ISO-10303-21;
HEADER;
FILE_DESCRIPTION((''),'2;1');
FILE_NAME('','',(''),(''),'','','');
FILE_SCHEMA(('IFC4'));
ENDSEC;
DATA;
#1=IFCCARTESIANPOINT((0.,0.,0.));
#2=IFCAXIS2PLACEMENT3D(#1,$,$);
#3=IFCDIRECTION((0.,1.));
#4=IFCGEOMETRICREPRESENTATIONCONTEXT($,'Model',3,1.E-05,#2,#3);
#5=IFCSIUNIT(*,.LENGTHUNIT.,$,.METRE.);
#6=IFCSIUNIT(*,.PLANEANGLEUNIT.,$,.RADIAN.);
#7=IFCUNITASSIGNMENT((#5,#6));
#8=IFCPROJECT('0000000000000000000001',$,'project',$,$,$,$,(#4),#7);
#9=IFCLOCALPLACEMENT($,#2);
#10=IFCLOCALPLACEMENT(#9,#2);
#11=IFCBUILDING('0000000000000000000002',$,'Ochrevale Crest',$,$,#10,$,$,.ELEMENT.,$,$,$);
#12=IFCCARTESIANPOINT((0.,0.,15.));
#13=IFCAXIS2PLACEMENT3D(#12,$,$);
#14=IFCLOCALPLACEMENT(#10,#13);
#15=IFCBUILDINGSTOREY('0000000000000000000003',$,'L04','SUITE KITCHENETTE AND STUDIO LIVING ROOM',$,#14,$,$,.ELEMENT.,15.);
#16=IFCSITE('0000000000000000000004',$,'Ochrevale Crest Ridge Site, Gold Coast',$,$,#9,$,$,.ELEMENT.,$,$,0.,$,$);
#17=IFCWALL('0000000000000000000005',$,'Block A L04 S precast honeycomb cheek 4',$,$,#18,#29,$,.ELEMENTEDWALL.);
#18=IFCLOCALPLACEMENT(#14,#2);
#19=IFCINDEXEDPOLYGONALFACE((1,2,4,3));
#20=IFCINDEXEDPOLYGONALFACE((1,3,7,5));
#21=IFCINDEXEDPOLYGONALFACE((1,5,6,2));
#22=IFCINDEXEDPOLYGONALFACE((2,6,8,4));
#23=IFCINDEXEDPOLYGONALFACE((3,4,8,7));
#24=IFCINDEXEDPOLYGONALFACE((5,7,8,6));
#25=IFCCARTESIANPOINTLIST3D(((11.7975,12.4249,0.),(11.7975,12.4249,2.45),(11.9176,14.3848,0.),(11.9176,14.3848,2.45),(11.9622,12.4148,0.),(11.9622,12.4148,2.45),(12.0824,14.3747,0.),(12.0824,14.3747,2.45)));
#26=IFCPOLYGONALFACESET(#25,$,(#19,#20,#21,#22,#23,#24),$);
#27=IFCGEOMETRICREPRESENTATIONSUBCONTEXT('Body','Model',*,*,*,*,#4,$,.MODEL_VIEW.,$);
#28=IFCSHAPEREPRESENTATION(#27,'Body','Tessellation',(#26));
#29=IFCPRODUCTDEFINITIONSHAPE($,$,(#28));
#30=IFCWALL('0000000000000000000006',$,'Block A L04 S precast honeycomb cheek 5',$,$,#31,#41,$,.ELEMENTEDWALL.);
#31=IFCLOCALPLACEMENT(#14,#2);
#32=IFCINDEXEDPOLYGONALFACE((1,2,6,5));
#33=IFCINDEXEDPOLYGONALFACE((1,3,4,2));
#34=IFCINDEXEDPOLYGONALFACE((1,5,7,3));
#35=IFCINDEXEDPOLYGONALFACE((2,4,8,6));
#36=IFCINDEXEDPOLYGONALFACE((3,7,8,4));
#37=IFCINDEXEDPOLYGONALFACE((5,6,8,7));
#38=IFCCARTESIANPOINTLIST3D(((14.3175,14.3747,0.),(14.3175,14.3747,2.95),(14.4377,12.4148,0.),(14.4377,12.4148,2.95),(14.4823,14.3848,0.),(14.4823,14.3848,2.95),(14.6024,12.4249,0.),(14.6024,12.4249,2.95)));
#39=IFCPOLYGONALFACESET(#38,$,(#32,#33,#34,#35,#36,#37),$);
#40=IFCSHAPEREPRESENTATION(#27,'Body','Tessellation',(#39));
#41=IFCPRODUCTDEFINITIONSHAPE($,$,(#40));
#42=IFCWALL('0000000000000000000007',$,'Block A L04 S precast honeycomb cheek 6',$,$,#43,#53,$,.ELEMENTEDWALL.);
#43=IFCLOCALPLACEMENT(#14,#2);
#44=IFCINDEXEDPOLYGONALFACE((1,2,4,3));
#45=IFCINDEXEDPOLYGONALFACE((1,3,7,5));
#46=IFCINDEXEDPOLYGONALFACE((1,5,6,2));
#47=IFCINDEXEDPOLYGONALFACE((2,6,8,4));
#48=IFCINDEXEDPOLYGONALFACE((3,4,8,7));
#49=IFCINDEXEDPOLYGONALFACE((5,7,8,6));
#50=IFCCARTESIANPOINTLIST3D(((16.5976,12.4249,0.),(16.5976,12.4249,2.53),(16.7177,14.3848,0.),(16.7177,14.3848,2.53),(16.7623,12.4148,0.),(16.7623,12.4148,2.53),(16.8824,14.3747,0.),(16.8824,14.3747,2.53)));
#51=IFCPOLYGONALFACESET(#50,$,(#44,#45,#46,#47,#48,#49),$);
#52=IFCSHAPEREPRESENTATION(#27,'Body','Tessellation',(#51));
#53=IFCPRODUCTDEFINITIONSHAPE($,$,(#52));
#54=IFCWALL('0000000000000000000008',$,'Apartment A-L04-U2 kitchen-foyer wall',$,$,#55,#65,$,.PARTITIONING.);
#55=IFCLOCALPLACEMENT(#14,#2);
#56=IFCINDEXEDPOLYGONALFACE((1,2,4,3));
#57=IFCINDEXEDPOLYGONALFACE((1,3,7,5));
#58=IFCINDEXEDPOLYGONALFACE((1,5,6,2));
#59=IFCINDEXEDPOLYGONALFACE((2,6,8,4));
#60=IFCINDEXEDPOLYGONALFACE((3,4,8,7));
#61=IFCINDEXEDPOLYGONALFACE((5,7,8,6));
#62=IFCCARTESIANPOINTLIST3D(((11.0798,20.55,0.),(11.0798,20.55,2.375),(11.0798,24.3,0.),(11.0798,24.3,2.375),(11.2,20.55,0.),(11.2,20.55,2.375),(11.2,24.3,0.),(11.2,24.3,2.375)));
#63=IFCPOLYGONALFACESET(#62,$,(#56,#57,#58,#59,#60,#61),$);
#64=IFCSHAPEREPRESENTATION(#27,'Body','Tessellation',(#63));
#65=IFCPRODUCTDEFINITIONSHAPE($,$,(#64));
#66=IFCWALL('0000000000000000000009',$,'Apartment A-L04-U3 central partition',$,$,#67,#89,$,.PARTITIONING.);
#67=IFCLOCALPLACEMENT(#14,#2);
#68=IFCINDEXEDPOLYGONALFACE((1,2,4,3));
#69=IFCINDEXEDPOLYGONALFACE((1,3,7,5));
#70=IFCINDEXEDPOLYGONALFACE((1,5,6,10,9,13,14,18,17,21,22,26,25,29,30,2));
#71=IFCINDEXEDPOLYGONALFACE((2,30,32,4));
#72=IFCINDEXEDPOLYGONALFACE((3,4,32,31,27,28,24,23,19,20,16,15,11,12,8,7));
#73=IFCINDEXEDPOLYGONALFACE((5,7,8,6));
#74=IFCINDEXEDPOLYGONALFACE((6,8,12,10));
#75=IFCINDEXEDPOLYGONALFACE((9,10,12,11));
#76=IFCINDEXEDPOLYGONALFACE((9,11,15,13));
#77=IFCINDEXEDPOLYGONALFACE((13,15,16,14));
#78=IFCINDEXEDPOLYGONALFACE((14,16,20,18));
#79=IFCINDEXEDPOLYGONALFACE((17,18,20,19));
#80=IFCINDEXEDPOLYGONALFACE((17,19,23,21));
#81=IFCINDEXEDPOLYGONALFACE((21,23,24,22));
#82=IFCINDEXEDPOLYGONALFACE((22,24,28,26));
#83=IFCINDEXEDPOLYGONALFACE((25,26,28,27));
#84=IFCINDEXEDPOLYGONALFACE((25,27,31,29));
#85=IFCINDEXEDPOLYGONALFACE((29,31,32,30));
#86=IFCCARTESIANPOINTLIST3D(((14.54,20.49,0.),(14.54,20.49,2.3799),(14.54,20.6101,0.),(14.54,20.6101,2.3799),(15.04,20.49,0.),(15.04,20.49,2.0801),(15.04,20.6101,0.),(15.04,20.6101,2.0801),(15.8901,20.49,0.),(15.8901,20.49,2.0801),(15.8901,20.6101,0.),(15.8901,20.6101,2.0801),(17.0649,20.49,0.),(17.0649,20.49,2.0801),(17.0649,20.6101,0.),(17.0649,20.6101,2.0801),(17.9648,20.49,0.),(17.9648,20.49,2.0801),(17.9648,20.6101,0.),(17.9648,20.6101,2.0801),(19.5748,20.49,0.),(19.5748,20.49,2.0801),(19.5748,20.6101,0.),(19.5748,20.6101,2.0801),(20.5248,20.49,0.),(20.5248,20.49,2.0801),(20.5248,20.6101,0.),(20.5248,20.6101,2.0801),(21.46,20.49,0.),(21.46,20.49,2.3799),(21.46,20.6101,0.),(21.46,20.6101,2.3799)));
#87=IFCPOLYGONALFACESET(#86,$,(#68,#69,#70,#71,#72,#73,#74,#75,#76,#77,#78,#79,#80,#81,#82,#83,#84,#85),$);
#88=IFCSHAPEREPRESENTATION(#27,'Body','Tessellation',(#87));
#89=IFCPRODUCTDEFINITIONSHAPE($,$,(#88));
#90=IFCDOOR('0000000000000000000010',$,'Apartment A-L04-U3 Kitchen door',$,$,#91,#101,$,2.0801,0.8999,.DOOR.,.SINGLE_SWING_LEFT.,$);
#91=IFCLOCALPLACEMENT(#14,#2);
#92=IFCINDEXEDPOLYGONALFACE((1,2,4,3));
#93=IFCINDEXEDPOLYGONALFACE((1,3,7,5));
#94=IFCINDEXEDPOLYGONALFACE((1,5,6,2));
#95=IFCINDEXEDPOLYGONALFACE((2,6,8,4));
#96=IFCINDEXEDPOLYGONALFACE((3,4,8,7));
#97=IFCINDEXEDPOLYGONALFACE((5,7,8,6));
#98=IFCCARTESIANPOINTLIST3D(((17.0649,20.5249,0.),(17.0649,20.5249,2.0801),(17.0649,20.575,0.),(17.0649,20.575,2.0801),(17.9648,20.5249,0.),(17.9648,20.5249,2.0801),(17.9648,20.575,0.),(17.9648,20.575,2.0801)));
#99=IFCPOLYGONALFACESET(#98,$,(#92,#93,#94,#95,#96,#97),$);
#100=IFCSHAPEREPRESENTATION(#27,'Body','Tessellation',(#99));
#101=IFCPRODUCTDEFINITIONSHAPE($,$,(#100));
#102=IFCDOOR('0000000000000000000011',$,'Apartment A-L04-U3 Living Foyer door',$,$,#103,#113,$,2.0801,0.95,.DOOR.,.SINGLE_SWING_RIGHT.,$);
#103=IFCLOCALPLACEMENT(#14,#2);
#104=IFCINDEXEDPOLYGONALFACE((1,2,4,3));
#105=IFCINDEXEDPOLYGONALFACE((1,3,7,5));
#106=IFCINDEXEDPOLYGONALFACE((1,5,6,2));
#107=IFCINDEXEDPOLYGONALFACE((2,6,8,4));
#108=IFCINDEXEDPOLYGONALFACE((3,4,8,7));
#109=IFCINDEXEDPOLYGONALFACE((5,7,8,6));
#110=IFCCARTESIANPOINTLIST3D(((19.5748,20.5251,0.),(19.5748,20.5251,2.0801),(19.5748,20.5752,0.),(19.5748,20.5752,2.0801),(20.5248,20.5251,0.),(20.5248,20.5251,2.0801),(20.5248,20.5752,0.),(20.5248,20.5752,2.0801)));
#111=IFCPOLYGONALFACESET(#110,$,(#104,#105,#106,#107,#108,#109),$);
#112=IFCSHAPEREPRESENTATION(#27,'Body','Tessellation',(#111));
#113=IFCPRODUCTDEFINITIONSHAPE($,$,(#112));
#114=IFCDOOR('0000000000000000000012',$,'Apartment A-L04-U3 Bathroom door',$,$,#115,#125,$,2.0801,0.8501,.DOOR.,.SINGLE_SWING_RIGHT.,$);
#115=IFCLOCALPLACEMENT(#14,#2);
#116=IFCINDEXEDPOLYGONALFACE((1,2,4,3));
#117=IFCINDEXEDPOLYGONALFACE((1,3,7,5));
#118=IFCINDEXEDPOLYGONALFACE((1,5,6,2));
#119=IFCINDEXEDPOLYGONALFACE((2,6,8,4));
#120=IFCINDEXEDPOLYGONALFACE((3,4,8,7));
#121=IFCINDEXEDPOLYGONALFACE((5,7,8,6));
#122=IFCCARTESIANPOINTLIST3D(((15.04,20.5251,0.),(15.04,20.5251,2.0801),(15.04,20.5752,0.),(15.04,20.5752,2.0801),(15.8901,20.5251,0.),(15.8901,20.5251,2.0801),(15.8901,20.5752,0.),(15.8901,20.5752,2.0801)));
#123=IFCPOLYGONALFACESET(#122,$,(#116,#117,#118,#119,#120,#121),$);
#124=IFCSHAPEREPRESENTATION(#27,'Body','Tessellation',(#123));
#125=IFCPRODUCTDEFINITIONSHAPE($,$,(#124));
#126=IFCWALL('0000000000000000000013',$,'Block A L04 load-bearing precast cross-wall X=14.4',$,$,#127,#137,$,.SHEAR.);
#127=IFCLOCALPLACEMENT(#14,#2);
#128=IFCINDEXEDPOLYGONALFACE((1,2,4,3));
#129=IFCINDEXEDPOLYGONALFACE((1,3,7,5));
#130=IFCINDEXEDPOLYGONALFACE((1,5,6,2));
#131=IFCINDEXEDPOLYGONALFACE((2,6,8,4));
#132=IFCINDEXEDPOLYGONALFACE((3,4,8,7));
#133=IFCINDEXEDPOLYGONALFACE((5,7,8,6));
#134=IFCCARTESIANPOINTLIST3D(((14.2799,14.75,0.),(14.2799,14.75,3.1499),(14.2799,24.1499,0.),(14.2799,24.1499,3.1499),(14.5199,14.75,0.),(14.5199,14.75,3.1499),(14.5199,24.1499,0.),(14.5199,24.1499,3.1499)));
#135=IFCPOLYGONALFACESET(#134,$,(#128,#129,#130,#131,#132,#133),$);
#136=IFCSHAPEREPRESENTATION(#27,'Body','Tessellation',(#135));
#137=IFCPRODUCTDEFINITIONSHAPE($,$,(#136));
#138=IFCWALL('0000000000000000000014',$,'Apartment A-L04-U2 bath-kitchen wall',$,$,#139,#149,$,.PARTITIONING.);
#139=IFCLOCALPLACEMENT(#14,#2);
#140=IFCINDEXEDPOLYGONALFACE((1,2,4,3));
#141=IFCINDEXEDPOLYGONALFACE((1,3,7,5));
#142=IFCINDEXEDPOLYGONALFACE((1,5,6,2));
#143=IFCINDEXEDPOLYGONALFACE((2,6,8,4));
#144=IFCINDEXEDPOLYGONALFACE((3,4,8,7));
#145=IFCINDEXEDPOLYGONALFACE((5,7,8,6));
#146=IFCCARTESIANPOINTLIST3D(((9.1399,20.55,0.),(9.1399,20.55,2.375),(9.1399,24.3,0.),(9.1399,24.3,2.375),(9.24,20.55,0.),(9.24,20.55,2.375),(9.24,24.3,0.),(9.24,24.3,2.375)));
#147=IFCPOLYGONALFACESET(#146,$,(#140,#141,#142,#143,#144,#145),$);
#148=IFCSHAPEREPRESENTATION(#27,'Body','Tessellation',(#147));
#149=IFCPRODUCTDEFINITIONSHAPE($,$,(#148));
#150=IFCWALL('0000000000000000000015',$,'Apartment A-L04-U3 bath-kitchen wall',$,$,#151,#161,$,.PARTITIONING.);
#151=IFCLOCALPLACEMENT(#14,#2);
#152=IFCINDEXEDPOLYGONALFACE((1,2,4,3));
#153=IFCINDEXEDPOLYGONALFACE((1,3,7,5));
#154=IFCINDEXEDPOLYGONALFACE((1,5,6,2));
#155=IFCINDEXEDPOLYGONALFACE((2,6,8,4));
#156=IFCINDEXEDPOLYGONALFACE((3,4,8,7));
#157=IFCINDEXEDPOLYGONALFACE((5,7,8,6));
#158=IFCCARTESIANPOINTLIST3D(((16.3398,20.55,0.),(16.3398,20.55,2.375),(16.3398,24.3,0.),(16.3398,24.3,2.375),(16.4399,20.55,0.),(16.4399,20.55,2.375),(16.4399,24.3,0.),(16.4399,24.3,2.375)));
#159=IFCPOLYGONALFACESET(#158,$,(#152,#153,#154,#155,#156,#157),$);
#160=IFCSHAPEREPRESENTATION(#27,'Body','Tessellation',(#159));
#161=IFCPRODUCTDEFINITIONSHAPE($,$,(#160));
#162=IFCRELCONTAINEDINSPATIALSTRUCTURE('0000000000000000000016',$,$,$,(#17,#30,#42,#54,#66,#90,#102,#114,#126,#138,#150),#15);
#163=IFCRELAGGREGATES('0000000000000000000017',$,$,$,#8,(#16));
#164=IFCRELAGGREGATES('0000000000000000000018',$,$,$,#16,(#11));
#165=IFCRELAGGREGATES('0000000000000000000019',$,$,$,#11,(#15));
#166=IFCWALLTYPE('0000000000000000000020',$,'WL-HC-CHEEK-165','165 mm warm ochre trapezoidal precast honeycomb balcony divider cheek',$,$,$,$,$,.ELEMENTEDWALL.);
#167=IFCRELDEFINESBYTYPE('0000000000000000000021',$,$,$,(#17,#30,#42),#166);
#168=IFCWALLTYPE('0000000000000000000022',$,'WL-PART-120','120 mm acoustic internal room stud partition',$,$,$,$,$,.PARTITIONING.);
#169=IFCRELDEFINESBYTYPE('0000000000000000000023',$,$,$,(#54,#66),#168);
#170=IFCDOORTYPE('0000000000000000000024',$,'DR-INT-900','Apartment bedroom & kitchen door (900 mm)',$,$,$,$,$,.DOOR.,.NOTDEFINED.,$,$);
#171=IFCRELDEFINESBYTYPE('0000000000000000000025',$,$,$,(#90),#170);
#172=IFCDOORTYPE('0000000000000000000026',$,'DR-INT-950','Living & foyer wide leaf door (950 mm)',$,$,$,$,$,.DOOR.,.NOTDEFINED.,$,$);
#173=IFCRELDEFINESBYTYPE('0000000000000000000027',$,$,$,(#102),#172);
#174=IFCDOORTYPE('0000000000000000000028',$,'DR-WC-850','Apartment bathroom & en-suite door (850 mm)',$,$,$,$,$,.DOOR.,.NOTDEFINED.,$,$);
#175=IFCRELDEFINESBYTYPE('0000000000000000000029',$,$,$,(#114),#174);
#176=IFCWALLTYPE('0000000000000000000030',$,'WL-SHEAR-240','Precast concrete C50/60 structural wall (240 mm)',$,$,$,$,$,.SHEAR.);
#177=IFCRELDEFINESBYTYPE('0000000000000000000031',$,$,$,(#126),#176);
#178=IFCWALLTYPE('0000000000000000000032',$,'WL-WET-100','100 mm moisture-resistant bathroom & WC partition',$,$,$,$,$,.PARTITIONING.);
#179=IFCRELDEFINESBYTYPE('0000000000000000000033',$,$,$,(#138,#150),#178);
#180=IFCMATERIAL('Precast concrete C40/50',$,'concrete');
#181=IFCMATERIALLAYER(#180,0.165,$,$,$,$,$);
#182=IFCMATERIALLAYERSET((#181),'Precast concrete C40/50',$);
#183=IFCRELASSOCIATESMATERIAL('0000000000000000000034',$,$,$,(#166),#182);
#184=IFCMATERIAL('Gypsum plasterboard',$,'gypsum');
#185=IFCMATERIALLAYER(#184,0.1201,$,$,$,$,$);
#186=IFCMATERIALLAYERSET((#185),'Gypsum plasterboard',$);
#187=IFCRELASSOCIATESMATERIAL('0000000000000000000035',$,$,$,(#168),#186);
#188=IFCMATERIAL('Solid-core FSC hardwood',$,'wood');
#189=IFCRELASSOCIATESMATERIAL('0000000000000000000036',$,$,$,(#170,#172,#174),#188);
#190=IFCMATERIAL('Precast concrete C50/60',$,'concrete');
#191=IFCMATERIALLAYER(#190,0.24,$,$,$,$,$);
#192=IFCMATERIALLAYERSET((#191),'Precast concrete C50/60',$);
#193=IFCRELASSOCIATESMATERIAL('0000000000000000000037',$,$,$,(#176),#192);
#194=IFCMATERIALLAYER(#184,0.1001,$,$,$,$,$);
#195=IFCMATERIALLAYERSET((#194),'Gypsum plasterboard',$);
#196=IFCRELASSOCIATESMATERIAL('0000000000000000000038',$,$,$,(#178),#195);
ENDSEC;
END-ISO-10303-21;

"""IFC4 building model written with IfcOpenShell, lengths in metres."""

from ifc_helpers import new_model, si_unit, direction, frame, frame_2d, origin, place, context, subcontext, project, spatial, rectangle, extrude, material, layer, layer_set, type_object, element, fill, save


model = new_model("IFC4")

# Units and contexts
model_context = context("Model", 3, precision=1e-05, world=origin(), true_north=direction((0.0, 1.0)))
body_context = subcontext(model_context, "Body", "Model", "MODEL_VIEW")
ifc_project = project(units=[si_unit("LENGTHUNIT", "METRE"), si_unit("PLANEANGLEUNIT", "RADIAN")], contexts=[model_context])

# Site, building, storey
site_placement = place(None, origin())
site = spatial("IfcSite", under=ifc_project, at=site_placement, Name="Ochrevale Crest Ridge Site, Gold Coast", CompositionType="ELEMENT", RefElevation=0.0)
building_placement = place(site_placement, origin())
building = spatial("IfcBuilding", under=site, at=building_placement, Name="Ochrevale Crest", CompositionType="ELEMENT")
storey_placement = place(building_placement, frame((0.0, 0.0, 15.0)))
storey = spatial("IfcBuildingStorey", under=building, at=storey_placement, Name="L04", Description="SUITE KITCHENETTE AND STUDIO LIVING ROOM", CompositionType="ELEMENT", Elevation=15.0)

# Shared definitions
ifc_material_1 = material(Name="Precast concrete C50/60", Category="concrete")

# Shared definitions
ifc_material_2 = material(Name="Precast concrete C40/50", Category="concrete")

# Walls
ifc_layer_1 = layer(ifc_material_2, 0.165)
ifc_layer_set_1 = layer_set([ifc_layer_1], Name="Precast concrete C40/50")
wall_type_1 = type_object("IfcWallType", Name="WL-HC-CHEEK-165", Description="165 mm warm ochre trapezoidal precast honeycomb balcony divider cheek", PredefinedType="ELEMENTEDWALL", material=ifc_layer_set_1)
for number, where, z_axis, x_axis, name in (
    (1, (12.0, 14.3799, 0.0), (0.0, 0.0, 1.0), (-0.061171, -0.998127, 0.0), "Block A L04 S precast honeycomb cheek 4"),
):
    element("IfcWall", number, at=place(storey_placement, frame(where, z_axis=z_axis, x_axis=x_axis)), inside=storey, type_object=wall_type_1, Name=name, PredefinedType="ELEMENTEDWALL", context=body_context, shape_type="SweptSolid", body=[
        extrude(rectangle(XDim=1.9636, YDim=0.165, at=frame_2d((0.9819, 0.0))), origin(), (0.0, 0.0, 1.0), 2.45),
    ])
wall_1_placement = place(storey_placement, frame((14.3999, 14.3799, 0.0), z_axis=(0.0, 0.0, 1.0), x_axis=(0.061171, -0.998127, 0.0)))
element("IfcWall", 2, at=wall_1_placement, inside=storey, type_object=wall_type_1, Name="Block A L04 S precast honeycomb cheek 5", PredefinedType="ELEMENTEDWALL", context=body_context, shape_type="SweptSolid", body=[
    extrude(rectangle(XDim=1.9636, YDim=0.165, at=frame_2d((0.9819, 0.0))), origin(), (0.0, 0.0, 1.0), 2.95),
])
wall_2_placement = place(storey_placement, frame((16.8, 14.3799, 0.0), z_axis=(0.0, 0.0, 1.0), x_axis=(-0.061171, -0.998127, 0.0)))
element("IfcWall", 3, at=wall_2_placement, inside=storey, type_object=wall_type_1, Name="Block A L04 S precast honeycomb cheek 6", PredefinedType="ELEMENTEDWALL", context=body_context, shape_type="SweptSolid", body=[
    extrude(rectangle(XDim=1.9636, YDim=0.165, at=frame_2d((0.9819, 0.0))), origin(), (0.0, 0.0, 1.0), 2.53),
])
ifc_material_3 = material(Name="Gypsum plasterboard", Category="gypsum")
ifc_layer_2 = layer(ifc_material_3, 0.1201)
ifc_layer_set_2 = layer_set([ifc_layer_2], Name="Gypsum plasterboard")
wall_type_2 = type_object("IfcWallType", Name="WL-PART-120", Description="120 mm acoustic internal room stud partition", PredefinedType="PARTITIONING", material=ifc_layer_set_2)
wall_3_placement = place(storey_placement, frame((11.1399, 20.55, 0.0), z_axis=(0.0, 0.0, 1.0), x_axis=(0.0, 1.0, 0.0)))
element("IfcWall", 4, at=wall_3_placement, inside=storey, type_object=wall_type_2, Name="Apartment A-L04-U2 kitchen-foyer wall", PredefinedType="PARTITIONING", context=body_context, shape_type="SweptSolid", body=[
    extrude(rectangle(XDim=3.75, YDim=0.1201, at=frame_2d((1.875, 0.0))), origin(), (0.0, 0.0, 1.0), 2.375),
])

# Wall, openings, doors
wall_4_placement = place(storey_placement, frame((14.54, 20.55, 0.0), z_axis=(0.0, 0.0, 1.0), x_axis=(1.0, 0.0, 0.0)))
wall_4 = element("IfcWall", 5, at=wall_4_placement, inside=storey, type_object=wall_type_2, Name="Apartment A-L04-U3 central partition", PredefinedType="PARTITIONING", context=body_context, shape_type="SweptSolid", body=[
    extrude(rectangle(XDim=6.9199, YDim=0.1201, at=frame_2d((3.46, 0.0))), origin(), (0.0, 0.0, 1.0), 2.3799),
])
opening_1_placement = place(wall_4_placement, frame((1.3501, 0.0, 0.0), z_axis=(0.0, 0.0, 1.0), x_axis=(-1.0, 0.0, 0.0)))
opening_1 = element("IfcOpeningElement", 6, at=opening_1_placement, cuts=wall_4, PredefinedType="OPENING", context=body_context, shape_type="SweptSolid", body=[
    extrude(rectangle(XDim=0.8501, YDim=2.0801, at=frame_2d((0.425, 1.04))), frame((0.0, 0.0701, 0.0), z_axis=(0.0, -1.0, 0.0), x_axis=(1.0, 0.0, 0.0)), (0.0, 0.0, 1.0), 0.1401),
])
opening_2_placement = place(wall_4_placement, frame((2.5249, 0.0, 0.0)))
opening_2 = element("IfcOpeningElement", 7, at=opening_2_placement, cuts=wall_4, PredefinedType="OPENING", context=body_context, shape_type="SweptSolid", body=[
    extrude(rectangle(XDim=0.8999, YDim=2.0801, at=frame_2d((0.45, 1.04))), frame((0.0, 0.0701, 0.0), z_axis=(0.0, -1.0, 0.0), x_axis=(1.0, 0.0, 0.0)), (0.0, 0.0, 1.0), 0.1401),
])
opening_3_placement = place(wall_4_placement, frame((5.9849, 0.0, 0.0), z_axis=(0.0, 0.0, 1.0), x_axis=(-1.0, 0.0, 0.0)))
opening_3 = element("IfcOpeningElement", 8, at=opening_3_placement, cuts=wall_4, PredefinedType="OPENING", context=body_context, shape_type="SweptSolid", body=[
    extrude(rectangle(XDim=0.95, YDim=2.0801, at=frame_2d((0.4751, 1.04))), frame((0.0, 0.0701, 0.0), z_axis=(0.0, -1.0, 0.0), x_axis=(1.0, 0.0, 0.0)), (0.0, 0.0, 1.0), 0.1401),
])
ifc_material_4 = material(Name="Solid-core FSC hardwood", Category="wood")
door_type_1 = type_object("IfcDoorType", Name="DR-INT-900", Description="Apartment bedroom & kitchen door (900 mm)", OperationType="NOTDEFINED", PredefinedType="DOOR", material=ifc_material_4)
door_1_placement = place(opening_2_placement, origin())
door_1 = element("IfcDoor", 9, at=door_1_placement, inside=storey, type_object=door_type_1, Name="Apartment A-L04-U3 Kitchen door", OperationType="SINGLE_SWING_LEFT", OverallHeight=2.0801, OverallWidth=0.8999, PredefinedType="DOOR", context=body_context, shape_type="SweptSolid", body=[
    extrude(rectangle(XDim=0.8999, YDim=2.0801, at=frame_2d((0.45, 1.04))), frame((0.0, 0.0249, 0.0), z_axis=(0.0, -1.0, 0.0), x_axis=(1.0, 0.0, 0.0)), (0.0, 0.0, 1.0), 0.05),
])
fill(opening_2, door_1)
door_type_2 = type_object("IfcDoorType", Name="DR-INT-950", Description="Living & foyer wide leaf door (950 mm)", OperationType="NOTDEFINED", PredefinedType="DOOR", material=ifc_material_4)
door_2_placement = place(opening_3_placement, origin())
door_2 = element("IfcDoor", 10, at=door_2_placement, inside=storey, type_object=door_type_2, Name="Apartment A-L04-U3 Living Foyer door", OperationType="SINGLE_SWING_RIGHT", OverallHeight=2.0801, OverallWidth=0.95, PredefinedType="DOOR", context=body_context, shape_type="SweptSolid", body=[
    extrude(rectangle(XDim=0.95, YDim=2.0801, at=frame_2d((0.4751, 1.04))), frame((0.0, 0.0249, 0.0), z_axis=(0.0, -1.0, 0.0), x_axis=(1.0, 0.0, 0.0)), (0.0, 0.0, 1.0), 0.05),
])
fill(opening_3, door_2)
door_type_3 = type_object("IfcDoorType", Name="DR-WC-850", Description="Apartment bathroom & en-suite door (850 mm)", OperationType="NOTDEFINED", PredefinedType="DOOR", material=ifc_material_4)
door_3_placement = place(opening_1_placement, origin())
door_3 = element("IfcDoor", 11, at=door_3_placement, inside=storey, type_object=door_type_3, Name="Apartment A-L04-U3 Bathroom door", OperationType="SINGLE_SWING_RIGHT", OverallHeight=2.0801, OverallWidth=0.8501, PredefinedType="DOOR", context=body_context, shape_type="SweptSolid", body=[
    extrude(rectangle(XDim=0.8501, YDim=2.0801, at=frame_2d((0.425, 1.04))), frame((0.0, 0.0249, 0.0), z_axis=(0.0, -1.0, 0.0), x_axis=(1.0, 0.0, 0.0)), (0.0, 0.0, 1.0), 0.05),
])
fill(opening_1, door_3)

# Walls
ifc_layer_3 = layer(ifc_material_1, 0.24)
ifc_layer_set_3 = layer_set([ifc_layer_3], Name="Precast concrete C50/60")
wall_type_3 = type_object("IfcWallType", Name="WL-SHEAR-240", Description="Precast concrete C50/60 structural wall (240 mm)", PredefinedType="SHEAR", material=ifc_layer_set_3)
wall_5_placement = place(storey_placement, frame((14.3999, 14.75, 0.0), z_axis=(0.0, 0.0, 1.0), x_axis=(0.0, 1.0, 0.0)))
element("IfcWall", 12, at=wall_5_placement, inside=storey, type_object=wall_type_3, Name="Block A L04 load-bearing precast cross-wall X=14.4", PredefinedType="SHEAR", context=body_context, shape_type="SweptSolid", body=[
    extrude(rectangle(XDim=9.3999, YDim=0.24, at=frame_2d((4.7, 0.0))), origin(), (0.0, 0.0, 1.0), 3.1499),
])
ifc_layer_4 = layer(ifc_material_3, 0.1001)
ifc_layer_set_4 = layer_set([ifc_layer_4], Name="Gypsum plasterboard")
wall_type_4 = type_object("IfcWallType", Name="WL-WET-100", Description="100 mm moisture-resistant bathroom & WC partition", PredefinedType="PARTITIONING", material=ifc_layer_set_4)
for number, where, z_axis, x_axis, name in (
    (13, (9.1899, 20.55, 0.0), (0.0, 0.0, 1.0), (0.0, 1.0, 0.0), "Apartment A-L04-U2 bath-kitchen wall"),
    (14, (16.3899, 20.55, 0.0), (0.0, 0.0, 1.0), (0.0, 1.0, 0.0), "Apartment A-L04-U3 bath-kitchen wall"),
):
    element("IfcWall", number, at=place(storey_placement, frame(where, z_axis=z_axis, x_axis=x_axis)), inside=storey, type_object=wall_type_4, Name=name, PredefinedType="PARTITIONING", context=body_context, shape_type="SweptSolid", body=[
        extrude(rectangle(XDim=3.75, YDim=0.1001, at=frame_2d((1.875, 0.0))), origin(), (0.0, 0.0, 1.0), 2.375),
    ])

save(model, "model.ifc")
